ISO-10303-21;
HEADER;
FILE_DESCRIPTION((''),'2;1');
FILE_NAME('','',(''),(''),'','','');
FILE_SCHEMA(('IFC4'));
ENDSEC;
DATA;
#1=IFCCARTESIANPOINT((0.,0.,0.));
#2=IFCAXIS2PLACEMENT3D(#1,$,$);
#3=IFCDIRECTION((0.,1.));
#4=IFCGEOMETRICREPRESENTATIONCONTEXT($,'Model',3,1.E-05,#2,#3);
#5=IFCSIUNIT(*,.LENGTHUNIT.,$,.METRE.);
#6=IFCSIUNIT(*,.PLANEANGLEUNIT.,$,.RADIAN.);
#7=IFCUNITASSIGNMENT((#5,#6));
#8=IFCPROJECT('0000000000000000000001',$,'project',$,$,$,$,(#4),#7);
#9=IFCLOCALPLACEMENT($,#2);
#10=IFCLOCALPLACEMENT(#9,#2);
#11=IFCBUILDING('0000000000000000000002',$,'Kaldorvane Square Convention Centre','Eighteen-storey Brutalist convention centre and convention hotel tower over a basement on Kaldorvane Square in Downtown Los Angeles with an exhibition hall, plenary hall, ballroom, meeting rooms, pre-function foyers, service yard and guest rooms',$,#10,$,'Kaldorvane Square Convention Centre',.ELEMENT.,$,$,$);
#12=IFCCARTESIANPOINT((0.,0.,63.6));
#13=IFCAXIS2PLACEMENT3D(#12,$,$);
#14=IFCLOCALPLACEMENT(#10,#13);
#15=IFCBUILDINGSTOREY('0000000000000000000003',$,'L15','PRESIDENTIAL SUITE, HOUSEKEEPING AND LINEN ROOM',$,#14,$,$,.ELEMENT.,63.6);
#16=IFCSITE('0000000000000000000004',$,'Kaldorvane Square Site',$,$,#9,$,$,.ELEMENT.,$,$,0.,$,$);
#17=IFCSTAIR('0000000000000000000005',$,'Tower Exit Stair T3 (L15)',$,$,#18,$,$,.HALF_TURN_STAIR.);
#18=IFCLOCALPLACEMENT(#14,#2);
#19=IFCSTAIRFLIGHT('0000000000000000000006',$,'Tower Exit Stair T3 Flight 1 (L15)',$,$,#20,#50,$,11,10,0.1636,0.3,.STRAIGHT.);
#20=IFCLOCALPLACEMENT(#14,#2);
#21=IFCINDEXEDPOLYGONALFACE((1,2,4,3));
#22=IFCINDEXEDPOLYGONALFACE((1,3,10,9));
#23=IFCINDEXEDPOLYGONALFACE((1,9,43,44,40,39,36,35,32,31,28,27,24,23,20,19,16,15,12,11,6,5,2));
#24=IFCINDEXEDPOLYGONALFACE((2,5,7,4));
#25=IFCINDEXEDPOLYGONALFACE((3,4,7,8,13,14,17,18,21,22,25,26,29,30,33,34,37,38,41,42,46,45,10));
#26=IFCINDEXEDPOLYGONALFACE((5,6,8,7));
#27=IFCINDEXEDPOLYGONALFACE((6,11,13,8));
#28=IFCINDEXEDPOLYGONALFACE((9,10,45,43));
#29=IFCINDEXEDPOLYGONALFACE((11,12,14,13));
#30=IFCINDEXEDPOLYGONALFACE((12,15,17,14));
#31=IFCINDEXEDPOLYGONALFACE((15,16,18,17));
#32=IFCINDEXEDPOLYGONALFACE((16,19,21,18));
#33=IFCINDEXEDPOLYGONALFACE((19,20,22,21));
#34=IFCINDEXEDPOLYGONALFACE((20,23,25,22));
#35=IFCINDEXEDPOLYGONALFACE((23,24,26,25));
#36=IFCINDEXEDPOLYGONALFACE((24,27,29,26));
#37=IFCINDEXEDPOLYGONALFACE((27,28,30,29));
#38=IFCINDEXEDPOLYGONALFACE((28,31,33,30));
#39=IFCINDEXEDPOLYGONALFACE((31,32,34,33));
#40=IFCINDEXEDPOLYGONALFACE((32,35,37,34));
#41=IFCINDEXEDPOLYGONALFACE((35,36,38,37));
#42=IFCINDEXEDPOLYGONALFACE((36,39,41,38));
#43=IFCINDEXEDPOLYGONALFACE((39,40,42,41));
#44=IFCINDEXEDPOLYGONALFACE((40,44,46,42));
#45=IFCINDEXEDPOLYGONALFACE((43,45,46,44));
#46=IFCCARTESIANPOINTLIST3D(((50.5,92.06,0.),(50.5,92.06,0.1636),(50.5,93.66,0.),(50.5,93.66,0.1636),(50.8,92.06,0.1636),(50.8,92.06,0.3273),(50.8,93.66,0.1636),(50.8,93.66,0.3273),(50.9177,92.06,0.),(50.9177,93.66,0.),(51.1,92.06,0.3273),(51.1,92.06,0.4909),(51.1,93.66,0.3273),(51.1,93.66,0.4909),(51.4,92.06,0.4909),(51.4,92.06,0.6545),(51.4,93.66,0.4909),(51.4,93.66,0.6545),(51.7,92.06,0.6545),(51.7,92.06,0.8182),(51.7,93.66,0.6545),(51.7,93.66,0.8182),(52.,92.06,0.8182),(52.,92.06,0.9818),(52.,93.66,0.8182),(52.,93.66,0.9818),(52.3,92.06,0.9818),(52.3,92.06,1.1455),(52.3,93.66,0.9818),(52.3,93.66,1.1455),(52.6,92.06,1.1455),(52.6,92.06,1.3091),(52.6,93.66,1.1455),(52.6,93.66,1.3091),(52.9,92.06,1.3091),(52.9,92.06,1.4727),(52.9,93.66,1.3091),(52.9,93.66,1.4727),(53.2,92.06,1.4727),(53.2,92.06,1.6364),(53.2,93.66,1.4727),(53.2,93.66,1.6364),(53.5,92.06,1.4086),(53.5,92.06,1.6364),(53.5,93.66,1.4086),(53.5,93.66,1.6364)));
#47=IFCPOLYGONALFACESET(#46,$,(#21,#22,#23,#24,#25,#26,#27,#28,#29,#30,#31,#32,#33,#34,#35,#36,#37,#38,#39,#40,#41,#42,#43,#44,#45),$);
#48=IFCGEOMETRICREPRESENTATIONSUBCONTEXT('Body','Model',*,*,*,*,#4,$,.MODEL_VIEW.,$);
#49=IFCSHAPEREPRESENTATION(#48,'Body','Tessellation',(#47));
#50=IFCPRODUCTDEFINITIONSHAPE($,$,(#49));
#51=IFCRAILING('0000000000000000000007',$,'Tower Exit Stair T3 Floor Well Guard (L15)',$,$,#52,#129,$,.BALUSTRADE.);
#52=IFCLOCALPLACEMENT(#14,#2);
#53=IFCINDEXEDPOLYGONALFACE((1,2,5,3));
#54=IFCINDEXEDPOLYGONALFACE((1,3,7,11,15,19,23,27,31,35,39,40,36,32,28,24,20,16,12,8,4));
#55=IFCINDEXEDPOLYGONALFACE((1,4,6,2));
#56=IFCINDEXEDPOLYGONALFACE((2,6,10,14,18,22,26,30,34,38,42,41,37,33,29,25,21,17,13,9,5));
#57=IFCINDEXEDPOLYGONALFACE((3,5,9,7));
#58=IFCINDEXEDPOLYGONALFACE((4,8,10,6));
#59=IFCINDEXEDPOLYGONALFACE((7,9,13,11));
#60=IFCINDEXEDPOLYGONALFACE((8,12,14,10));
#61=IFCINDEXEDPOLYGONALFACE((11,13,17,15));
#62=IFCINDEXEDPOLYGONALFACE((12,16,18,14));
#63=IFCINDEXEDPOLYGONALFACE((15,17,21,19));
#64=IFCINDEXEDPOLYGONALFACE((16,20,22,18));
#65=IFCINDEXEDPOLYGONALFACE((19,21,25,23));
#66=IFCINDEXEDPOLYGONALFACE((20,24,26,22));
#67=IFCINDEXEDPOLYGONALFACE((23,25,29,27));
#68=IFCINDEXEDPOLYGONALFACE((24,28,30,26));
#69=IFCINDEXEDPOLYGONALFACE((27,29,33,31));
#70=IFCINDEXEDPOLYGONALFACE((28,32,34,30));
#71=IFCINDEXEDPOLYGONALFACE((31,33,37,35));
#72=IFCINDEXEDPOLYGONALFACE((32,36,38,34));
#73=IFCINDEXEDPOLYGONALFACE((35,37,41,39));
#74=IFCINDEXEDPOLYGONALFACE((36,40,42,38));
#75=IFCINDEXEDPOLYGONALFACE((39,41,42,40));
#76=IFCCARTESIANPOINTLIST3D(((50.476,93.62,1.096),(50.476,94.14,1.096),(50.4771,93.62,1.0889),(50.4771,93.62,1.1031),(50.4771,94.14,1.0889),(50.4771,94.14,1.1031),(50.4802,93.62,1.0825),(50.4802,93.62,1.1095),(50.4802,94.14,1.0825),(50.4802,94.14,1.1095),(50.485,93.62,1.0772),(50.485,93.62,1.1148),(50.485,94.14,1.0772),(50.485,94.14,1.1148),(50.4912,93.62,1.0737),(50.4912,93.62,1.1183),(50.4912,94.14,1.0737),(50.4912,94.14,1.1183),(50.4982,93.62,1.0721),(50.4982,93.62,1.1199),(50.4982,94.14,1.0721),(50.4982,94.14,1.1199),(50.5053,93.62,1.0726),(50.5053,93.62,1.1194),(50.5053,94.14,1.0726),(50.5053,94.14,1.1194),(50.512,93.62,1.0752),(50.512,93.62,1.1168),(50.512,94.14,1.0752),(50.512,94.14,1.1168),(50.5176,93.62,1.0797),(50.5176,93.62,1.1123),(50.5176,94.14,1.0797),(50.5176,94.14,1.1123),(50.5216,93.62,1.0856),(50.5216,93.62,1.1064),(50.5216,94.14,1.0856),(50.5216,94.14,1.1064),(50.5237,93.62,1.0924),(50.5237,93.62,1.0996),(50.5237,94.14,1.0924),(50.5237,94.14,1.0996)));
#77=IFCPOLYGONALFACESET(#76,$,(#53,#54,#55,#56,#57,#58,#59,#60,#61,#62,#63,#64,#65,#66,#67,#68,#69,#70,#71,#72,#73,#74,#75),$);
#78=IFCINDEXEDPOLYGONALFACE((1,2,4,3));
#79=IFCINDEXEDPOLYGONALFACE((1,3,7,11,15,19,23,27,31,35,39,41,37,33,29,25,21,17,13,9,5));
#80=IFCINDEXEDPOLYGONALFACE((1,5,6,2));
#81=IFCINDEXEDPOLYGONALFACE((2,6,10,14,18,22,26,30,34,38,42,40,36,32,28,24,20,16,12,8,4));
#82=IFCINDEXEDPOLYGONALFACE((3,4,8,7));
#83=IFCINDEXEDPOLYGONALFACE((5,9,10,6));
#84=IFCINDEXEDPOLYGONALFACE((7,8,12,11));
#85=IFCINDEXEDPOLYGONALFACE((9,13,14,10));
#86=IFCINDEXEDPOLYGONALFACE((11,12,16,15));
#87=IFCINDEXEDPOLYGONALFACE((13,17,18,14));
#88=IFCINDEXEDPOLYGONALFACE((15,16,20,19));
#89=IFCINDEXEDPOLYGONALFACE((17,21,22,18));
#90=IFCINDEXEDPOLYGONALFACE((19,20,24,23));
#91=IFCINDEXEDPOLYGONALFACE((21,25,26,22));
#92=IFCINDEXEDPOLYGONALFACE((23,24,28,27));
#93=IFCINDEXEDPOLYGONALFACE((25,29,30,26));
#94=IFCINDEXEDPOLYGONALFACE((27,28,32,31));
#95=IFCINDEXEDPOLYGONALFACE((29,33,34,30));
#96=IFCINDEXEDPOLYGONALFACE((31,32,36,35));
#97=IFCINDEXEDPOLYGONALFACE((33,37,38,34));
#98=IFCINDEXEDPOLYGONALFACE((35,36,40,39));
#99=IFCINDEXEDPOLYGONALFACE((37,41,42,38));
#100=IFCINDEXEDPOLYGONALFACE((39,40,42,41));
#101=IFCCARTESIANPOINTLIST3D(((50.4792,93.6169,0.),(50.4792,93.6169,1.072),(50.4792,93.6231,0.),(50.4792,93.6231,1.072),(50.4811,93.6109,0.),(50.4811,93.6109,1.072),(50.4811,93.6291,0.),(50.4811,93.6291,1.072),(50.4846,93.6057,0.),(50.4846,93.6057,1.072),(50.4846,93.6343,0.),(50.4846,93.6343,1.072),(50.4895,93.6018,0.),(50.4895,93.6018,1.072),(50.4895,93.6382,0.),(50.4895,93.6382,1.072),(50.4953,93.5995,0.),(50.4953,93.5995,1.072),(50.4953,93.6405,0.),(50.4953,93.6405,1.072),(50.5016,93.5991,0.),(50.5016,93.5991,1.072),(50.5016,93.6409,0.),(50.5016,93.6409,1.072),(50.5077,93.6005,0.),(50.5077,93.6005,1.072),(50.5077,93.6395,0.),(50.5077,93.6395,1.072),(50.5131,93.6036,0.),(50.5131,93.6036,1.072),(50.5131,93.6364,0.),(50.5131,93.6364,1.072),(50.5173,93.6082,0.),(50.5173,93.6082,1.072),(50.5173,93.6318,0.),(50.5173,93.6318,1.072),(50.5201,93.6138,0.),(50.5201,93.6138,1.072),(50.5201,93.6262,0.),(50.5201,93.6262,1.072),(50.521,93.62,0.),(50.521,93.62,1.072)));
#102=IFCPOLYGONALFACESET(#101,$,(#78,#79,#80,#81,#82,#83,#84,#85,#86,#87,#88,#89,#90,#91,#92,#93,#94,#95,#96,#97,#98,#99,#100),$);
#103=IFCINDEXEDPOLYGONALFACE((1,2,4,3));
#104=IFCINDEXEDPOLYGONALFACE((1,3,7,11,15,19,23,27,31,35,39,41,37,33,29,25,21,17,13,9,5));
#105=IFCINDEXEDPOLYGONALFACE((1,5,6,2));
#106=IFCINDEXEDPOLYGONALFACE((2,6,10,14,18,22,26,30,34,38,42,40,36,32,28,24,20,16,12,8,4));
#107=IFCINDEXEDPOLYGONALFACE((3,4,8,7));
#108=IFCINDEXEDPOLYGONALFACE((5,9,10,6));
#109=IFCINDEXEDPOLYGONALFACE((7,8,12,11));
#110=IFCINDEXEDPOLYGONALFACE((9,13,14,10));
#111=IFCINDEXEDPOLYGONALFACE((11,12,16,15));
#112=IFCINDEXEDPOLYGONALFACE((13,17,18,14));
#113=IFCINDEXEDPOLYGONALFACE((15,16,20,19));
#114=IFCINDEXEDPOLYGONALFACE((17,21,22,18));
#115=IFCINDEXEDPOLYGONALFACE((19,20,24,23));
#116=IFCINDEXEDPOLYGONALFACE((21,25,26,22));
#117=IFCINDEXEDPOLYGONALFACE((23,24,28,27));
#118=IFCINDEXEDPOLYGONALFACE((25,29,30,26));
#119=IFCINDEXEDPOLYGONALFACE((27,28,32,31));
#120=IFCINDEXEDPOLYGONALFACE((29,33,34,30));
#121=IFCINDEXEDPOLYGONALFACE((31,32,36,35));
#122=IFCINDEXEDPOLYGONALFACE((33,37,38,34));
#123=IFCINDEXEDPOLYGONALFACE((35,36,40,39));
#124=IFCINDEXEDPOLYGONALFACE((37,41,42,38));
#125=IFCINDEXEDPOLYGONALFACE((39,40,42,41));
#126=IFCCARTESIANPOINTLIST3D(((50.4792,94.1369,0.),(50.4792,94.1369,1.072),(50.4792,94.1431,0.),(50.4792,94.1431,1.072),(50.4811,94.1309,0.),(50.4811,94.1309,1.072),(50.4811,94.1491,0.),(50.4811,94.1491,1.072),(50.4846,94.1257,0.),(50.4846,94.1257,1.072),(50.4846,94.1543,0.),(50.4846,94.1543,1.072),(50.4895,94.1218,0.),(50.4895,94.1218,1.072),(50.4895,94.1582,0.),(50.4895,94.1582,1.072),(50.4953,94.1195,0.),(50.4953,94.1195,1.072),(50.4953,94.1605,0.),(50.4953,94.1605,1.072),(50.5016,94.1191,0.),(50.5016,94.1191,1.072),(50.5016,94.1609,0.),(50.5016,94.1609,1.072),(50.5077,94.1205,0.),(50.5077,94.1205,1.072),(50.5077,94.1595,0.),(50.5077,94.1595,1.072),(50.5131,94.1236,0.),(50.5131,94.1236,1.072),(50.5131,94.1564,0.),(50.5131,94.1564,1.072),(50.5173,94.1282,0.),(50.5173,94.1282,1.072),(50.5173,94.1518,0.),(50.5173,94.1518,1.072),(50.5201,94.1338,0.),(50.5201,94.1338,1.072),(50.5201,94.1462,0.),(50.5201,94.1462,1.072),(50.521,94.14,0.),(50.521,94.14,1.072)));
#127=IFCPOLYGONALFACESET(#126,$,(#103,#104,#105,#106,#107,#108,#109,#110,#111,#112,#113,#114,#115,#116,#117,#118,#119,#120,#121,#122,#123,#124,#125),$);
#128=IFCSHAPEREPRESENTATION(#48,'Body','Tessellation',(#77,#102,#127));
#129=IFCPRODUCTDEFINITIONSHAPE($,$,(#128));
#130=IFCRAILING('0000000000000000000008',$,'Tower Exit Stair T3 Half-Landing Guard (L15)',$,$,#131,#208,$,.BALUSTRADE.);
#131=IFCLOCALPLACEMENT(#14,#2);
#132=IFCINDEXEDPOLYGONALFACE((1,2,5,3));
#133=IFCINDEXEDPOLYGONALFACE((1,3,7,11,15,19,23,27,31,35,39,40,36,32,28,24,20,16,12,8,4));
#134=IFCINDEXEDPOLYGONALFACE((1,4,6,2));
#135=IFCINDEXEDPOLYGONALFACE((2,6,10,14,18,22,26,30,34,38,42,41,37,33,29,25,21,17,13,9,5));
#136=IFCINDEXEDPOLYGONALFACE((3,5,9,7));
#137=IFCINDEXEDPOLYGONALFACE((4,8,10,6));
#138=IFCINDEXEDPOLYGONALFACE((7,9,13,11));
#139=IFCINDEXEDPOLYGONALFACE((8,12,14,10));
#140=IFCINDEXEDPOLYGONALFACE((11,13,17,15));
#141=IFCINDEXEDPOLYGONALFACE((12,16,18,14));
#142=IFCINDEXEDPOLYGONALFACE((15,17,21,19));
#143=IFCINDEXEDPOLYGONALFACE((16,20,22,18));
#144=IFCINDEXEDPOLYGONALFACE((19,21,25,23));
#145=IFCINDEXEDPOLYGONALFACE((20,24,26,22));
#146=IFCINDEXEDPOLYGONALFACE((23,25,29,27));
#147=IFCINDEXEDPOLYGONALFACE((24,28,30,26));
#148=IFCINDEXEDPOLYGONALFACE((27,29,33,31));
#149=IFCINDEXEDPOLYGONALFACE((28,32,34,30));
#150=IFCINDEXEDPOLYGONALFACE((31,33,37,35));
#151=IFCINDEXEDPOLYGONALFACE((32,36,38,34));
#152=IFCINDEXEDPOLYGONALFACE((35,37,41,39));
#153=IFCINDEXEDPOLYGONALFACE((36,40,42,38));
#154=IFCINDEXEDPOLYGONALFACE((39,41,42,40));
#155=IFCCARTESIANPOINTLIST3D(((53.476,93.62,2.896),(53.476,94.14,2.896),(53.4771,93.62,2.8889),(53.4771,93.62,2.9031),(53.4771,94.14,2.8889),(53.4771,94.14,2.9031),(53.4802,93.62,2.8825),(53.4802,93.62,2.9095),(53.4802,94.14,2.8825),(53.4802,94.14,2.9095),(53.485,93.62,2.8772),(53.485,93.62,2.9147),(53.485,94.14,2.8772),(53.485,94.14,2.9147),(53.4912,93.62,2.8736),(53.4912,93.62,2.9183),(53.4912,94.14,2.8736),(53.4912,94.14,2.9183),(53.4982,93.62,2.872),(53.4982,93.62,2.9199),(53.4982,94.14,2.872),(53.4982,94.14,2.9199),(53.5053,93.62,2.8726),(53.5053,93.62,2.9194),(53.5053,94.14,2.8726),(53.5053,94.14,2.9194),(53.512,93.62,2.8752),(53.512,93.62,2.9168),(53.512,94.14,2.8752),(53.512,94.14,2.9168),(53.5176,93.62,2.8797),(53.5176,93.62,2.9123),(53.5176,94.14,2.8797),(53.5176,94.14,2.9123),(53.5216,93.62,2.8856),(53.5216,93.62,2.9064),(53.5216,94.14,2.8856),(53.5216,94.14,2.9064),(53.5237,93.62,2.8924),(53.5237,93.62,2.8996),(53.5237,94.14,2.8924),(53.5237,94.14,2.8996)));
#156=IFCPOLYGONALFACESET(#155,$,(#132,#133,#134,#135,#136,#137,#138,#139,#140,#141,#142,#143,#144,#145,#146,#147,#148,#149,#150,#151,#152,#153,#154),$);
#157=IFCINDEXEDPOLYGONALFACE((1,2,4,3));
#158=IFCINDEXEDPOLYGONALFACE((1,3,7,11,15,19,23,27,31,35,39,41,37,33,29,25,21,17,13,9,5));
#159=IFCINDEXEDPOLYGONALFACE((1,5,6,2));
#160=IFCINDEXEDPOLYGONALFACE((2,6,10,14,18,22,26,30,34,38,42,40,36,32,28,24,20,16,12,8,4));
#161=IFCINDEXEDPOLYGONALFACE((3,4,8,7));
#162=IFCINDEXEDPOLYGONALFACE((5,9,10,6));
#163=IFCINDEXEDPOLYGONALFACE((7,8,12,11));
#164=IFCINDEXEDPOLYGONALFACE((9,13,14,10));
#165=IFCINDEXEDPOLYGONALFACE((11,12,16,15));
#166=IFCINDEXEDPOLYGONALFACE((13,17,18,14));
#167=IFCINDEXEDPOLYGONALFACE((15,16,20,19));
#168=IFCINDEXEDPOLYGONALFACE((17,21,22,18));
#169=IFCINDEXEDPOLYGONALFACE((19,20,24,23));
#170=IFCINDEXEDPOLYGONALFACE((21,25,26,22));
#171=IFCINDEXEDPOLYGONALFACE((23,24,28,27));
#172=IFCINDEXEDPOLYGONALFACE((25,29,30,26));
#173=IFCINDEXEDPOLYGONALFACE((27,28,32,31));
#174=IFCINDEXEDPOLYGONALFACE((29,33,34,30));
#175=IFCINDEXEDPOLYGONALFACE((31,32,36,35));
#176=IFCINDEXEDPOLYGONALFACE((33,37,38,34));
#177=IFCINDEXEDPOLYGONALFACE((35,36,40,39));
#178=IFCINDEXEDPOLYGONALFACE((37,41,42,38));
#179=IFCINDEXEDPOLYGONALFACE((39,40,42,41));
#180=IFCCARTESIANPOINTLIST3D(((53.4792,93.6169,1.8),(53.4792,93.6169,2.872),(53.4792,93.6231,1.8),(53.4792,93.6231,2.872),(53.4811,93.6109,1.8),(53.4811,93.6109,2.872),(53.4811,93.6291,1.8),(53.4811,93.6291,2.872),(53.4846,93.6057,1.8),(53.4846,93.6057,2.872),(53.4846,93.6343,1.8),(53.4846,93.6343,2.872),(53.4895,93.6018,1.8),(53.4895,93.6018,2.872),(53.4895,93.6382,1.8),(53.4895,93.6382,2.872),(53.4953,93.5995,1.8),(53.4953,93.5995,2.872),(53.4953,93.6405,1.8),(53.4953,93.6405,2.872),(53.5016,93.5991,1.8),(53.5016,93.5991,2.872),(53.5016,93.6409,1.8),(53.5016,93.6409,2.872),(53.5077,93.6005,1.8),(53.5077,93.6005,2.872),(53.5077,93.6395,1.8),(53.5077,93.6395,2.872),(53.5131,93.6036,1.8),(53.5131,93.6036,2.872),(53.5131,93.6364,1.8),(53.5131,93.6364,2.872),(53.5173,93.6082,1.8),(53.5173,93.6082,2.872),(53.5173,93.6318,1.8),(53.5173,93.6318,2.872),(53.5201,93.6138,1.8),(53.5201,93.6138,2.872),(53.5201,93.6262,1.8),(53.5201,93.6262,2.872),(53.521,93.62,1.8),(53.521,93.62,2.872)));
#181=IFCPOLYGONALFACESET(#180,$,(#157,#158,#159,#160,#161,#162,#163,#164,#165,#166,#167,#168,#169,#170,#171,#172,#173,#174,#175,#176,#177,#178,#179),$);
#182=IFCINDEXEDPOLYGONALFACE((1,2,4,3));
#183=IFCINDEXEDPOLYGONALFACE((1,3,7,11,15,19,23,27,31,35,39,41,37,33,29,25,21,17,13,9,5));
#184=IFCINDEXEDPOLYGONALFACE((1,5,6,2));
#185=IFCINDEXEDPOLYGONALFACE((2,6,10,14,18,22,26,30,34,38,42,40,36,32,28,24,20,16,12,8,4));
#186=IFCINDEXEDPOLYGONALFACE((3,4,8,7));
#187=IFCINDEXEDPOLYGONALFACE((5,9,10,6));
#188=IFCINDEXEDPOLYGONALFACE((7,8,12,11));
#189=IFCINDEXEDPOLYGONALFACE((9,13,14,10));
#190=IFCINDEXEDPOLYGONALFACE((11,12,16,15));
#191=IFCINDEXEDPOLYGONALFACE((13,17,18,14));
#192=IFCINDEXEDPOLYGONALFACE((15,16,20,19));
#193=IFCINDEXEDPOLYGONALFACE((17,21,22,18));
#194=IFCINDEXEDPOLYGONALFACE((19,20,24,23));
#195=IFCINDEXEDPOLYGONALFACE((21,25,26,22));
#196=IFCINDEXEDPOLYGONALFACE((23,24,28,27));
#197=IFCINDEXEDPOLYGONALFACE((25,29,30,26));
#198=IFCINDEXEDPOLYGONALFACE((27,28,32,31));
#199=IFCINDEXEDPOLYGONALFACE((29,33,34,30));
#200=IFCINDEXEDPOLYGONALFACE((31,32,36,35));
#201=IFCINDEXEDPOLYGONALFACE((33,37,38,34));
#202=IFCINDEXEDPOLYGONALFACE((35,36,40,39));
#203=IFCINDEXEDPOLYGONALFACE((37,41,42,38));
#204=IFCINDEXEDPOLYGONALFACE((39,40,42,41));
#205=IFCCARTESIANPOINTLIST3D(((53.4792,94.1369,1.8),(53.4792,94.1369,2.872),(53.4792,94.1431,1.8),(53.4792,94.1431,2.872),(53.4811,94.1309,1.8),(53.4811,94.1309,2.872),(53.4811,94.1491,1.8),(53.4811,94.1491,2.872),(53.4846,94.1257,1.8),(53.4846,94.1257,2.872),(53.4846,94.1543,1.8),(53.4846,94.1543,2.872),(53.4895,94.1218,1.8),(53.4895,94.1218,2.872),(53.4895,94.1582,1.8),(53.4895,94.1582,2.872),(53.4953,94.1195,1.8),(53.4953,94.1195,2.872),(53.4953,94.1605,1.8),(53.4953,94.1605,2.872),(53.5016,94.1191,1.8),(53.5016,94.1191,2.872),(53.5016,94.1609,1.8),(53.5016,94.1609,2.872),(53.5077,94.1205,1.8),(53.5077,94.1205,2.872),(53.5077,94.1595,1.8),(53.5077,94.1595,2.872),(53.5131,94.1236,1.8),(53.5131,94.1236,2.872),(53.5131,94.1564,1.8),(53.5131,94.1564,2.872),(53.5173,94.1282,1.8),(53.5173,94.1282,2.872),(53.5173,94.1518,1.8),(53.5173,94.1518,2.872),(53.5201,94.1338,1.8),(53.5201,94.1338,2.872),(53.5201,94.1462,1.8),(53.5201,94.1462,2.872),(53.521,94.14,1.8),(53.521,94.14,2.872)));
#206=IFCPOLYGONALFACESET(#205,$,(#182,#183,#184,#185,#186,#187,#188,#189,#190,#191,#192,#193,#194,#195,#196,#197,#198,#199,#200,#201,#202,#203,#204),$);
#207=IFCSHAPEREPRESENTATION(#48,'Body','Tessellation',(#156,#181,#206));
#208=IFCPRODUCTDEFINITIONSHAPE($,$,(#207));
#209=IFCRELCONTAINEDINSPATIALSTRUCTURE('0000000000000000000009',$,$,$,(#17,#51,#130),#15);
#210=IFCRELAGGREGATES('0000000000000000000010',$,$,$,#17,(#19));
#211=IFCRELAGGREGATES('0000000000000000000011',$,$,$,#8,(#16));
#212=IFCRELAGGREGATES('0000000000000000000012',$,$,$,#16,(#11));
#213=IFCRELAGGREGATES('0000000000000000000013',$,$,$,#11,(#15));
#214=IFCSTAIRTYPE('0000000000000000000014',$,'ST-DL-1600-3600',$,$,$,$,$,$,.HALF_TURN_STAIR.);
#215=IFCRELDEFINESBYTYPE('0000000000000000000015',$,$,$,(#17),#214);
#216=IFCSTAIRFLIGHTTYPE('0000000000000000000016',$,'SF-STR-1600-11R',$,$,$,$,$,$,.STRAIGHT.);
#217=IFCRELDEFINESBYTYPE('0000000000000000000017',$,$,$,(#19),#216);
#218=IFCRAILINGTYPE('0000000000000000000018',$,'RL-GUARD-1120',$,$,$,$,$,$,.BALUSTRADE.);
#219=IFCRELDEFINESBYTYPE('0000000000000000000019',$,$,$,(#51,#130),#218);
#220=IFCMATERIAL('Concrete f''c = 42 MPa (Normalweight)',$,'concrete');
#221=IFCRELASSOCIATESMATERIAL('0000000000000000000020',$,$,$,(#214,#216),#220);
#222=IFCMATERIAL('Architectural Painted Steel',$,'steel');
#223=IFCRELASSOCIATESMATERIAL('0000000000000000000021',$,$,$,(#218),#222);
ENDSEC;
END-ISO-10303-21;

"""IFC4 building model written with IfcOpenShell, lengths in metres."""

from ifc_helpers import new_model, si_unit, direction, frame, origin, origin_2d, place, context, subcontext, project, spatial, polyline, circle, outline, extrude, material, type_object, element, aggregate, save


model = new_model("IFC4")

# Units and contexts
model_context = context("Model", 3, precision=1e-05, world=origin(), true_north=direction((0.0, 1.0)))
body_context = subcontext(model_context, "Body", "Model", "MODEL_VIEW")
ifc_project = project(units=[si_unit("LENGTHUNIT", "METRE"), si_unit("PLANEANGLEUNIT", "RADIAN")], contexts=[model_context])

# Site, building, storey
site_placement = place(None, origin())
site = spatial("IfcSite", under=ifc_project, at=site_placement, Name="Kaldorvane Square Site", CompositionType="ELEMENT", RefElevation=0.0)
building_placement = place(site_placement, origin())
building = spatial("IfcBuilding", under=site, at=building_placement, Name="Kaldorvane Square Convention Centre", Description="Eighteen-storey Brutalist convention centre and convention hotel tower over a basement on Kaldorvane Square in Downtown Los Angeles with an exhibition hall, plenary hall, ballroom, meeting rooms, pre-function foyers, service yard and guest rooms", LongName="Kaldorvane Square Convention Centre", CompositionType="ELEMENT")
storey_placement = place(building_placement, frame((0.0, 0.0, 63.6)))
storey = spatial("IfcBuildingStorey", under=building, at=storey_placement, Name="L15", Description="PRESIDENTIAL SUITE, HOUSEKEEPING AND LINEN ROOM", CompositionType="ELEMENT", Elevation=63.6)

# Stair, stair flight
ifc_material_1 = material(Name="Concrete f'c = 42 MPa (Normalweight)", Category="concrete")
stair_type = type_object("IfcStairType", Name="ST-DL-1600-3600", PredefinedType="HALF_TURN_STAIR", material=ifc_material_1)
stair_flight_type = type_object("IfcStairFlightType", Name="SF-STR-1600-11R", PredefinedType="STRAIGHT", material=ifc_material_1)
stair_1_placement = place(storey_placement, origin())
stair_1 = element("IfcStair", 1, at=stair_1_placement, inside=storey, type_object=stair_type, Name="Tower Exit Stair T3 (L15)", PredefinedType="HALF_TURN_STAIR")
stair_flight_1_placement = place(storey_placement, frame((50.5, 92.86, 0.0), z_axis=(0.0, 0.0, 1.0), x_axis=(1.0, 0.0, 0.0)))
stair_flight_1 = element("IfcStairFlight", 2, at=stair_flight_1_placement, type_object=stair_flight_type, Name="Tower Exit Stair T3 Flight 1 (L15)", NumberOfRisers=11, NumberOfTreads=10, PredefinedType="STRAIGHT", RiserHeight=0.1636, TreadLength=0.3, context=body_context, shape_type="SweptSolid", body=[
    extrude(outline(polyline([(0.0, 0.0), (0.0, 0.1636), (0.3, 0.1636), (0.3, 0.3273), (0.6, 0.3273), (0.6, 0.4909), (0.9, 0.4909), (0.9, 0.6545), (1.2, 0.6545), (1.2, 0.8182), (1.5, 0.8182), (1.5, 0.9818), (1.8, 0.9818), (1.8, 1.1455), (2.1, 1.1455), (2.1, 1.3091), (2.4, 1.3091), (2.4, 1.4727), (2.7, 1.4727), (2.7, 1.6364), (3.0, 1.6364), (3.0, 1.8), (3.0, 1.4086), (0.4177, 0.0), (0.0, 0.0)])), frame((0.0, 0.8, 0.0), z_axis=(0.0, -1.0, 0.0), x_axis=(1.0, 0.0, 0.0)), (0.0, 0.0, 1.0), 1.6),
])
aggregate(stair_1, [stair_flight_1])

# Railings
ifc_material_2 = material(Name="Architectural Painted Steel", Category="steel")
railing_type_1 = type_object("IfcRailingType", Name="RL-GUARD-1120", PredefinedType="BALUSTRADE", material=ifc_material_2)
for number, where, name in (
    (3, (50.5, 93.62, 0.0), "Tower Exit Stair T3 Floor Well Guard (L15)"),
    (4, (53.5, 93.62, 1.8), "Tower Exit Stair T3 Half-Landing Guard (L15)"),
):
    element("IfcRailing", number, at=place(storey_placement, frame(where)), inside=storey, type_object=railing_type_1, Name=name, PredefinedType="BALUSTRADE", context=body_context, shape_type="SweptSolid", body=[
        extrude(circle(Radius=0.024, at=origin_2d()), frame((0.0, 0.0, 1.096), z_axis=(0.0, 1.0, 0.0), x_axis=(-1.0, 0.0, 0.0)), (0.0, 0.0, 1.0), 0.52),
        extrude(circle(Radius=0.021, at=origin_2d()), origin(), (0.0, 0.0, 1.0), 1.072),
        extrude(circle(Radius=0.021, at=origin_2d()), frame((0.0, 0.52, 0.0)), (0.0, 0.0, 1.0), 1.072),
    ])

save(model, "model.ifc")
